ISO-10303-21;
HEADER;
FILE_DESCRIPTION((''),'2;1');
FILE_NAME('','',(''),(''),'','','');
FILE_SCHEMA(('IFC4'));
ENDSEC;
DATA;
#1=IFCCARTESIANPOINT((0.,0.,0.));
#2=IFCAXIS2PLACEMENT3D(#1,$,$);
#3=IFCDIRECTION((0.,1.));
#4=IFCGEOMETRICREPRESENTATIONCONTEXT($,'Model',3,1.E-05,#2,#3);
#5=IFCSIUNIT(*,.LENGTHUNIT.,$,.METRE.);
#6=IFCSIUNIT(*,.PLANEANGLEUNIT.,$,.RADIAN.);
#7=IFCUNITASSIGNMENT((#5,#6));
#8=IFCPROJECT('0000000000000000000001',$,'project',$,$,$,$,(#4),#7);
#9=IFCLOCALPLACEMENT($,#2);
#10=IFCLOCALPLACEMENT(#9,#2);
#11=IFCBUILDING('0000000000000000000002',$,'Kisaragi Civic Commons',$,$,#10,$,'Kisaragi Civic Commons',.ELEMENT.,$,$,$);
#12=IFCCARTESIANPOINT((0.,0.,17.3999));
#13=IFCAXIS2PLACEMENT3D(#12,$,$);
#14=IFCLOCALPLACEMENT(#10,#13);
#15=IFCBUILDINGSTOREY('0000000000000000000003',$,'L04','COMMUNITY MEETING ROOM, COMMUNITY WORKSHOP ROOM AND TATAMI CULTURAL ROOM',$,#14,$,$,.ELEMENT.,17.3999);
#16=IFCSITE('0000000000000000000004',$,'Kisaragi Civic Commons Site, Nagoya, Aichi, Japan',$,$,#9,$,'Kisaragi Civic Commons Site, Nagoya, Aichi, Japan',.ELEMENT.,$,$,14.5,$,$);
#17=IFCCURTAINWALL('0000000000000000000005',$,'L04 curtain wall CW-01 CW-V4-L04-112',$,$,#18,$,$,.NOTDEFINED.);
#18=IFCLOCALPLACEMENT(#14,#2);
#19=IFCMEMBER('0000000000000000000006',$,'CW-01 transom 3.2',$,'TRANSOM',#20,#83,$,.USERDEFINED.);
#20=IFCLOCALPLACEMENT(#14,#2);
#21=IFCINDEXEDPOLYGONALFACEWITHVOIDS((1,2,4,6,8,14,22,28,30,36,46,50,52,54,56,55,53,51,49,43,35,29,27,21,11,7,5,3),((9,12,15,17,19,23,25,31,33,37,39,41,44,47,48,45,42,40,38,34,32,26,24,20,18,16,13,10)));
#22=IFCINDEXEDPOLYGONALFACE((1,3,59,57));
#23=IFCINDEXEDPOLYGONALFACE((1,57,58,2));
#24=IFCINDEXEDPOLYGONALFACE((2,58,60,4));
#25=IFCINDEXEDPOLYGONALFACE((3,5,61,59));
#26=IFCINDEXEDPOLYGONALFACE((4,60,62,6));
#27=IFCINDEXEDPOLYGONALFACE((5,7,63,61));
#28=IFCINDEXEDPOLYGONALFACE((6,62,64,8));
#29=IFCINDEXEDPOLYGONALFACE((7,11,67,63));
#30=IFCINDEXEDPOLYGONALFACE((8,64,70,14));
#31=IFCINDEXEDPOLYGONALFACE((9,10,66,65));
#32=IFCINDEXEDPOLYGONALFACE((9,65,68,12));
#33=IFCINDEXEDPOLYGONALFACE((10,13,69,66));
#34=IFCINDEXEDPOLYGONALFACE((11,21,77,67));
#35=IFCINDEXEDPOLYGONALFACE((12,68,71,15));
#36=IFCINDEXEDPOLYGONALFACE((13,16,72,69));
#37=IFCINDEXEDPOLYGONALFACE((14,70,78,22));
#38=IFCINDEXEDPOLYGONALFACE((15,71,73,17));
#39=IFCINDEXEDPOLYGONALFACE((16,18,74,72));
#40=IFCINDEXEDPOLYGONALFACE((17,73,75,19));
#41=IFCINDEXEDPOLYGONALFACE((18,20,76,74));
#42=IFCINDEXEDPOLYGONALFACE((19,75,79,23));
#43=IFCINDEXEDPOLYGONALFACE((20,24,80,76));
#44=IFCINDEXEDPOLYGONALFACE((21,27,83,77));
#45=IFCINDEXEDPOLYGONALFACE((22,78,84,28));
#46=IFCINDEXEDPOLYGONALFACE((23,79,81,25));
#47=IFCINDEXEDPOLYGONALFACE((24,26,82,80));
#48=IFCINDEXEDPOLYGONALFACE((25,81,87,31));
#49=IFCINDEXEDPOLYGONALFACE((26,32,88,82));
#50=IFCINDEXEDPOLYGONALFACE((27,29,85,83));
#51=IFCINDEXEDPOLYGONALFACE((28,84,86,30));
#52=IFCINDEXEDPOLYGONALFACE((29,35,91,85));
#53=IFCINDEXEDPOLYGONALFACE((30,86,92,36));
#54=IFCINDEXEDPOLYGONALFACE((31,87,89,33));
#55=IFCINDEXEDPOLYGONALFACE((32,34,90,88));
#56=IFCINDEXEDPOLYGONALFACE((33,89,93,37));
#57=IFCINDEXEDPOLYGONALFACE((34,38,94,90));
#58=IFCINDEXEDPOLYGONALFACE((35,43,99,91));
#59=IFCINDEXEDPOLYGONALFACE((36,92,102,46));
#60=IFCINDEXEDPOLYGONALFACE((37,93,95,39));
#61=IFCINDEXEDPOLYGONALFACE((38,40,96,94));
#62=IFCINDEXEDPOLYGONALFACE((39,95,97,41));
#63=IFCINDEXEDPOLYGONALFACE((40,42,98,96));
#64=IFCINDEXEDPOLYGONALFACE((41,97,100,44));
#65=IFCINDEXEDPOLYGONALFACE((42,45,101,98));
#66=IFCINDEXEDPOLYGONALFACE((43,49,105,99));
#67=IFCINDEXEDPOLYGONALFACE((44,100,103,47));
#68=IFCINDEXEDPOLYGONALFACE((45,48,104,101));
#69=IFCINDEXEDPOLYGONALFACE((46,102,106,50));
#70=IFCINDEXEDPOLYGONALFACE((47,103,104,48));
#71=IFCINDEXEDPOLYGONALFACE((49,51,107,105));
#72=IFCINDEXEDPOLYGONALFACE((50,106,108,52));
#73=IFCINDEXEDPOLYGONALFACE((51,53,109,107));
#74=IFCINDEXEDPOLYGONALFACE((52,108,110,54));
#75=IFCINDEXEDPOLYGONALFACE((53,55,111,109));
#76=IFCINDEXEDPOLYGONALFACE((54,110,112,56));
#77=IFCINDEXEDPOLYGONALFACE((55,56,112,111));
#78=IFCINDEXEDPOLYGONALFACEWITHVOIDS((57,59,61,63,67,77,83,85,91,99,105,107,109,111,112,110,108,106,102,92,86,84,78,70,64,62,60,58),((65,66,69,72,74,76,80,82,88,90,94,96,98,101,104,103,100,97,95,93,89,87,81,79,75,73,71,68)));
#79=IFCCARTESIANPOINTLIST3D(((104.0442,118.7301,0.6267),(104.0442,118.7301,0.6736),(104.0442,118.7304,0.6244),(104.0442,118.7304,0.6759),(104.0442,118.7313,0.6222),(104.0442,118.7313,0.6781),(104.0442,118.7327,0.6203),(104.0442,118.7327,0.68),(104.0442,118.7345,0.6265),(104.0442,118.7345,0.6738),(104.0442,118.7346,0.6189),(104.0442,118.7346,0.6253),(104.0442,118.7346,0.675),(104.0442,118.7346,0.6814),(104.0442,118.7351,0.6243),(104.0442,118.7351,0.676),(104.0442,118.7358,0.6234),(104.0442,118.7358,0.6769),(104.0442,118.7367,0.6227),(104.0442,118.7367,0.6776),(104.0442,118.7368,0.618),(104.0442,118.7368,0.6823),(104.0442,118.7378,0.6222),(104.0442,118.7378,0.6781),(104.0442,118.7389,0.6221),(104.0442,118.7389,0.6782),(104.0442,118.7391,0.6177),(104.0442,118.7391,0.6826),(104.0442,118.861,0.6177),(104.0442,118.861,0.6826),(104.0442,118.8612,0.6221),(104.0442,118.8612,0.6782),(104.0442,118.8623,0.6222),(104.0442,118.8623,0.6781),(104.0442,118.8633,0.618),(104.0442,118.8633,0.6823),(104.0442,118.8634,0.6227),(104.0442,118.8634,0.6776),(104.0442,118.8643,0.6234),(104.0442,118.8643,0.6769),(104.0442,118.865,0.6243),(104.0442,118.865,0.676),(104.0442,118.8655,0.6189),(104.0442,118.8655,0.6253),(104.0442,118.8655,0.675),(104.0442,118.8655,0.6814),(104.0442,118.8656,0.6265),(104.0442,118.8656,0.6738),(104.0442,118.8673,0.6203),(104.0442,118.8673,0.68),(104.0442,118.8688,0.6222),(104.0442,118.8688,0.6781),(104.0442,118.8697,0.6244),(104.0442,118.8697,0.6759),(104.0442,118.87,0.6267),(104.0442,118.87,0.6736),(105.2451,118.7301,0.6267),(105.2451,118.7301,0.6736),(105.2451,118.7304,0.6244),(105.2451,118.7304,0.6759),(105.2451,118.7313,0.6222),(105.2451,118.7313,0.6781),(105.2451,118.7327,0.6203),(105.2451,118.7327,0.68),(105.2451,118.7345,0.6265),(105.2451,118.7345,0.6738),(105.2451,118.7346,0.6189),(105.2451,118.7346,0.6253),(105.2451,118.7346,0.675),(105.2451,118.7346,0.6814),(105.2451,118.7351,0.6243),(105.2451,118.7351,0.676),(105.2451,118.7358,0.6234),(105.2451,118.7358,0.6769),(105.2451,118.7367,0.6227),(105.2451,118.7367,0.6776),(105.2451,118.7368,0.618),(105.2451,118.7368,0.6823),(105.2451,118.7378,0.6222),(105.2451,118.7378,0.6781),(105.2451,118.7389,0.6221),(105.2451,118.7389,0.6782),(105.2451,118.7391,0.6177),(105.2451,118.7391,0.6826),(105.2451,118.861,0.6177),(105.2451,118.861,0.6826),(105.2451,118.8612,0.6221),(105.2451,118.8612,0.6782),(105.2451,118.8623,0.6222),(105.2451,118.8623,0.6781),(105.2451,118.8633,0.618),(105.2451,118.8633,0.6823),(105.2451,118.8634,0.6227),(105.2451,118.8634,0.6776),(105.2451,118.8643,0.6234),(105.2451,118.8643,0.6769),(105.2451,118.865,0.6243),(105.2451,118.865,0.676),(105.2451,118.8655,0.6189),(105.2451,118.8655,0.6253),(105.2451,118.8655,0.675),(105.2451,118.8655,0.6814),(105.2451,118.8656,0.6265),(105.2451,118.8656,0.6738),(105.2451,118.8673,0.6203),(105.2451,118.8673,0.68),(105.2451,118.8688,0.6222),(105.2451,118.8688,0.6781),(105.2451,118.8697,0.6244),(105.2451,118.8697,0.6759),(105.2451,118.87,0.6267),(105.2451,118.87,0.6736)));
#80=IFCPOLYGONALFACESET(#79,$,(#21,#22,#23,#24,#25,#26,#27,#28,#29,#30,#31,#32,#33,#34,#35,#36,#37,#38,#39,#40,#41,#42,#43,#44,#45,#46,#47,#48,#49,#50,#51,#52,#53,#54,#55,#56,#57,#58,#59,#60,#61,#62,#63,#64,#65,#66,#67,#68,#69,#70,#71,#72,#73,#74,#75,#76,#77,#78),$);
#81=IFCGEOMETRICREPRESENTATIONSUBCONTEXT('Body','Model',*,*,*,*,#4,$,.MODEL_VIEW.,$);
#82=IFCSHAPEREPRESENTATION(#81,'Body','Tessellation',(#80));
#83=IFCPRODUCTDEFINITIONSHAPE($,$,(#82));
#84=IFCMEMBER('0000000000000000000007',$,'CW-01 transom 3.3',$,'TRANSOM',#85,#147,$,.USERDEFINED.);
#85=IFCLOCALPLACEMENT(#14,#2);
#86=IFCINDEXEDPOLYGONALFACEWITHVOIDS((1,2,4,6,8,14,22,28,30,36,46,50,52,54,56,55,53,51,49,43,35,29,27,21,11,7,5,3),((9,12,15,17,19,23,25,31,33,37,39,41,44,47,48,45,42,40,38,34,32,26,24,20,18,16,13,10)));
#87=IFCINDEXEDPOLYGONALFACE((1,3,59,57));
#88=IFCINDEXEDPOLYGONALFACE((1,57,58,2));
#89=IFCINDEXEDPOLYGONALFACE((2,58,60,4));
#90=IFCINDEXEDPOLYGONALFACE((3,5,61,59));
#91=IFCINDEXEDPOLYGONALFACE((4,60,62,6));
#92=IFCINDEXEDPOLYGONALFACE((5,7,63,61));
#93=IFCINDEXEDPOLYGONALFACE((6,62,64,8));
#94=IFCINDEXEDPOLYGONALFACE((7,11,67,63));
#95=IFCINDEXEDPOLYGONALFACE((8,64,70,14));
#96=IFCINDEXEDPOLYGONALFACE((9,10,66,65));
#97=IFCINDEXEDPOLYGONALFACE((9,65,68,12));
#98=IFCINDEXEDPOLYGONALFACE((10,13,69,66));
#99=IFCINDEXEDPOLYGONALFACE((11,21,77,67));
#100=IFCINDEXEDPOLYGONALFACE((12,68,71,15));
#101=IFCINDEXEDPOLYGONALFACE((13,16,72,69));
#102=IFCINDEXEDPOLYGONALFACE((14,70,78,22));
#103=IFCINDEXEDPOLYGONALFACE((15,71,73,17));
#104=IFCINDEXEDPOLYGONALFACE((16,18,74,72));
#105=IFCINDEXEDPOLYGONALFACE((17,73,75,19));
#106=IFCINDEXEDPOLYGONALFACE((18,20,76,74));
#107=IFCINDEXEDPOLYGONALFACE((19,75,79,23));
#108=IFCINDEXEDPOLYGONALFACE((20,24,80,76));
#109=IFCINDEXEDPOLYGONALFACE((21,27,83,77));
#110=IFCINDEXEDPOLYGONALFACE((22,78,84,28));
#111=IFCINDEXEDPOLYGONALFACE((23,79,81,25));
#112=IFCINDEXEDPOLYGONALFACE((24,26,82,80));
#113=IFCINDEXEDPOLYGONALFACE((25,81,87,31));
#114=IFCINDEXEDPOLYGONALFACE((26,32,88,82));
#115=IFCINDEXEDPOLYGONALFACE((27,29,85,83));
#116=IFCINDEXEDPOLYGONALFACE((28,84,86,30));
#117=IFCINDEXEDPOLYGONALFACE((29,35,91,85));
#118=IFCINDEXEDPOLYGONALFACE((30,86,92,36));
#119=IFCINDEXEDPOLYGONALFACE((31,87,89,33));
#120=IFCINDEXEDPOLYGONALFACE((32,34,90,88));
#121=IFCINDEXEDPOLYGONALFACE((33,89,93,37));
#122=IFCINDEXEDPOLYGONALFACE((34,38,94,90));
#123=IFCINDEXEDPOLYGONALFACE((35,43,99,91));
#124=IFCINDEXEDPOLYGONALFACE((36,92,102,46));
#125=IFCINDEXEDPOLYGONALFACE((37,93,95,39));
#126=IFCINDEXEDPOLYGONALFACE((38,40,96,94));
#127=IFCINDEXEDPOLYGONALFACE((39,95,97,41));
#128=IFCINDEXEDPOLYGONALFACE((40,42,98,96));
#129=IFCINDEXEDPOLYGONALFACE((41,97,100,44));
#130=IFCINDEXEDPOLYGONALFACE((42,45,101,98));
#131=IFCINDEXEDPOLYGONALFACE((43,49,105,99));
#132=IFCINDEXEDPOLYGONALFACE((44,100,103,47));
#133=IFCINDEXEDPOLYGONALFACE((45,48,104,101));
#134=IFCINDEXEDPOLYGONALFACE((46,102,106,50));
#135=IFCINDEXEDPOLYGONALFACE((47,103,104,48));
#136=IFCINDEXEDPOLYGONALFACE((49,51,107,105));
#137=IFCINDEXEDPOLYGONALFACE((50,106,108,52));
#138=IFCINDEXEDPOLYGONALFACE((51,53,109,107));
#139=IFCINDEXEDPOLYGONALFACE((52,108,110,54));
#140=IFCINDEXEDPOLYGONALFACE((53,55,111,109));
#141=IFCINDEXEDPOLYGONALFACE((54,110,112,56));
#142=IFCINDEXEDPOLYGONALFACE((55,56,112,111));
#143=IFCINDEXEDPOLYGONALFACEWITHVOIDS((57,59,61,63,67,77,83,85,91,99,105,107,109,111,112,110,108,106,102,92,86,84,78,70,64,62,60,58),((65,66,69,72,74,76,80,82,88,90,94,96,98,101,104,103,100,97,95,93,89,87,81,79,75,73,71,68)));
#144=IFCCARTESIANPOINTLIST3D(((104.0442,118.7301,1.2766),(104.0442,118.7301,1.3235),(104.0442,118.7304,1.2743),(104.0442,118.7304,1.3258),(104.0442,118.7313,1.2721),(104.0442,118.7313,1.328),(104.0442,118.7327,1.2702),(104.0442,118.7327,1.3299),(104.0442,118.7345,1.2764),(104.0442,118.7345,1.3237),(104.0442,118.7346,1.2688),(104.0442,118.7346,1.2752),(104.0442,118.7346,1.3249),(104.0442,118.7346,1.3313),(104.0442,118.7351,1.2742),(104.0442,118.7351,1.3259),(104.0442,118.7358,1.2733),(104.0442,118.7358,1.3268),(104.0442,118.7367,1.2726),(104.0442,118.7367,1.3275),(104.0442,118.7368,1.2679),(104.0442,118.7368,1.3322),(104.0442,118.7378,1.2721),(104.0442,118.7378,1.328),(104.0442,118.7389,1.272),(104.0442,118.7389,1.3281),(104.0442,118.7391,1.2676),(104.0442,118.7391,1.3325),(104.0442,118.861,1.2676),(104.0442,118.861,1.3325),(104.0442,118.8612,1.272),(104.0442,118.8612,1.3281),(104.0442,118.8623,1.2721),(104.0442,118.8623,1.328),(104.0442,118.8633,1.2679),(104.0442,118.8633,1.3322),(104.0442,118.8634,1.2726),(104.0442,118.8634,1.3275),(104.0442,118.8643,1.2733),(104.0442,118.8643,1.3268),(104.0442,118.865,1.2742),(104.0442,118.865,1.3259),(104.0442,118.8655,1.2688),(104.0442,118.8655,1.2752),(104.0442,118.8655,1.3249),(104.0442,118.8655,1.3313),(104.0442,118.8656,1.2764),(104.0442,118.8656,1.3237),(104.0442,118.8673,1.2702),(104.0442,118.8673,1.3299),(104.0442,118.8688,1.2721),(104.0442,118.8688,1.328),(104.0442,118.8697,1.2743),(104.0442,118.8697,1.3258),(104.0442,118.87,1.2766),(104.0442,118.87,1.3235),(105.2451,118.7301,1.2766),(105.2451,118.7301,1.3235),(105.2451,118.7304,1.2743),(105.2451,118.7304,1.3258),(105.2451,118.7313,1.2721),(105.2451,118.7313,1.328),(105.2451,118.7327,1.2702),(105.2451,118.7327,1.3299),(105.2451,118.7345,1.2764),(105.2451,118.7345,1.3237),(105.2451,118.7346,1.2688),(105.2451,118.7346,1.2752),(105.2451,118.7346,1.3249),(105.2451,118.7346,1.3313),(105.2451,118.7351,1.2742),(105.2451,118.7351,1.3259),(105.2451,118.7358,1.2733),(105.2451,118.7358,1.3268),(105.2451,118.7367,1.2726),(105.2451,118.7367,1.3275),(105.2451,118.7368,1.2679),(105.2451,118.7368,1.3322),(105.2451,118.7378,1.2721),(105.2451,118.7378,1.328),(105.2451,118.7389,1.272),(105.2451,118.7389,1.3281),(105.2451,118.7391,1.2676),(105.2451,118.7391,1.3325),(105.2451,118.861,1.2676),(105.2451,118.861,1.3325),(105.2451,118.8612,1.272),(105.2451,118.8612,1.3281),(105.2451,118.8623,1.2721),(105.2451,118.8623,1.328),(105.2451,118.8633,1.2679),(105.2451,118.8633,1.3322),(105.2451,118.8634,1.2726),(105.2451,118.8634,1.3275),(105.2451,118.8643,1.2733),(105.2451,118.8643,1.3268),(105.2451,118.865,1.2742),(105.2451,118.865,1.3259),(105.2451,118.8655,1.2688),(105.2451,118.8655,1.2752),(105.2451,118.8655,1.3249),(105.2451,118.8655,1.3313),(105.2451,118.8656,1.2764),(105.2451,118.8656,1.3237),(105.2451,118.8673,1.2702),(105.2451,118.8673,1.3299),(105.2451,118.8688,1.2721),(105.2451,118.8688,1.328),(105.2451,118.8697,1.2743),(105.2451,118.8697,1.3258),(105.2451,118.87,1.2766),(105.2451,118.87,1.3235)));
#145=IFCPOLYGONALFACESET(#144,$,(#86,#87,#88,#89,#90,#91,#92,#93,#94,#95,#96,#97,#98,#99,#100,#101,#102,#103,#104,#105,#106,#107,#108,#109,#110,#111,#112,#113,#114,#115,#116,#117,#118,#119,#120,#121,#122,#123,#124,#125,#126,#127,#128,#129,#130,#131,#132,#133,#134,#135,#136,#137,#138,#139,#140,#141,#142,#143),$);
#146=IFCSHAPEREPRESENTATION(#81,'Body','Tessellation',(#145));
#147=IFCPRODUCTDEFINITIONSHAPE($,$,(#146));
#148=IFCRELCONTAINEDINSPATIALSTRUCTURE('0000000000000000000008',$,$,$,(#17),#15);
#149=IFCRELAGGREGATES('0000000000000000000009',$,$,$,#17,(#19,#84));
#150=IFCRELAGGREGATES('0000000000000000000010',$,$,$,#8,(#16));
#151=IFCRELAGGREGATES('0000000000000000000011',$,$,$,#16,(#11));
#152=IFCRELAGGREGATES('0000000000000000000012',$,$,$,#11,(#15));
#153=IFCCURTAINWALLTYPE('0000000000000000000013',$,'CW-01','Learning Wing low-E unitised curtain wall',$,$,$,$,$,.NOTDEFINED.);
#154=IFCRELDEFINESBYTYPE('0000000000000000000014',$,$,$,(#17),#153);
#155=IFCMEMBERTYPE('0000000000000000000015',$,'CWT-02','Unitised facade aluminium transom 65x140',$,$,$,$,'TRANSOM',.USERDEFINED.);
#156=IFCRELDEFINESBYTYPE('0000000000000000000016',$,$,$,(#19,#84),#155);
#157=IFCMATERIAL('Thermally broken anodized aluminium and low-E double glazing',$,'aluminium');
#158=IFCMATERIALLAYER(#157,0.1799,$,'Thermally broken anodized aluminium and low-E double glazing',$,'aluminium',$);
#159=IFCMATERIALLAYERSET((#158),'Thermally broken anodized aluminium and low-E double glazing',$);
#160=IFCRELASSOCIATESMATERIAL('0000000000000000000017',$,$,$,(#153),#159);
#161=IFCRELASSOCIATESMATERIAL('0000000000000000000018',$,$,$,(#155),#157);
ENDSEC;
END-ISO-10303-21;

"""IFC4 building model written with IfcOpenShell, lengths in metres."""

from ifc_helpers import new_model, si_unit, direction, frame, origin, origin_2d, place, context, subcontext, project, spatial, hollow_rectangle, extrude, material, layer, layer_set, material_profile, profile_set, type_object, element, aggregate, save


model = new_model("IFC4")

# Units and contexts
model_context = context("Model", 3, precision=1e-05, world=origin(), true_north=direction((0.0, 1.0)))
body_context = subcontext(model_context, "Body", "Model", "MODEL_VIEW")
ifc_project = project(units=[si_unit("LENGTHUNIT", "METRE"), si_unit("PLANEANGLEUNIT", "RADIAN")], contexts=[model_context])

# Site, building, storey
site_placement = place(None, origin())
site = spatial("IfcSite", under=ifc_project, at=site_placement, Name="Kisaragi Civic Commons Site, Nagoya, Aichi, Japan", LongName="Kisaragi Civic Commons Site, Nagoya, Aichi, Japan", CompositionType="ELEMENT", RefElevation=14.5)
building_placement = place(site_placement, origin())
building = spatial("IfcBuilding", under=site, at=building_placement, Name="Kisaragi Civic Commons", LongName="Kisaragi Civic Commons", CompositionType="ELEMENT")
storey_placement = place(building_placement, frame((0.0, 0.0, 17.3999)))
storey = spatial("IfcBuildingStorey", under=building, at=storey_placement, Name="L04", Description="COMMUNITY MEETING ROOM, COMMUNITY WORKSHOP ROOM AND TATAMI CULTURAL ROOM", CompositionType="ELEMENT", Elevation=17.3999)

# Curtain wall
ifc_material_1 = material(Name="Thermally broken anodized aluminium and low-E double glazing", Category="aluminium")
ifc_layer_1 = layer(ifc_material_1, 0.1799, Name="Thermally broken anodized aluminium and low-E double glazing", Category="aluminium")
ifc_layer_set_1 = layer_set([ifc_layer_1], Name="Thermally broken anodized aluminium and low-E double glazing")
curtain_wall_type = type_object("IfcCurtainWallType", Name="CW-01", Description="Learning Wing low-E unitised curtain wall", PredefinedType="NOTDEFINED", material=ifc_layer_set_1)
curtain_wall_1_placement = place(storey_placement, origin())
curtain_wall_1 = element("IfcCurtainWall", 1, at=curtain_wall_1_placement, inside=storey, type_object=curtain_wall_type, Name="L04 curtain wall CW-01 CW-V4-L04-112", PredefinedType="NOTDEFINED")

# Members
ifc_material_profile_1 = material_profile(ifc_material_1, hollow_rectangle(XDim=0.1399, YDim=0.0649, WallThickness=0.0044, InnerFilletRadius=0.0044, OuterFilletRadius=0.009, at=origin_2d()), Name="CWT-65x140x4.5", Category="aluminium")
ifc_profile_set_1 = profile_set([ifc_material_profile_1], Name="Thermally broken anodized aluminium and low-E double glazing")
member_type_1 = type_object("IfcMemberType", Name="CWT-02", Description="Unitised facade aluminium transom 65x140", ElementType="TRANSOM", PredefinedType="USERDEFINED", material=ifc_profile_set_1)
member_1_placement = place(storey_placement, frame((104.0442, 118.8, 0.6501), z_axis=(1.0, 0.0, 0.0), x_axis=(0.0, 1.0, 0.0)))
member_1 = element("IfcMember", 2, at=member_1_placement, type_object=member_type_1, Name="CW-01 transom 3.2", ObjectType="TRANSOM", PredefinedType="USERDEFINED", context=body_context, shape_type="SweptSolid", body=[
    extrude(hollow_rectangle(XDim=0.1399, YDim=0.0649, WallThickness=0.0044, InnerFilletRadius=0.0044, OuterFilletRadius=0.009, at=origin_2d()), origin(), (0.0, 0.0, 1.0), 1.2009),
])
member_2_placement = place(storey_placement, frame((104.0442, 118.8, 1.3), z_axis=(1.0, 0.0, 0.0), x_axis=(0.0, 1.0, 0.0)))
member_2 = element("IfcMember", 3, at=member_2_placement, type_object=member_type_1, Name="CW-01 transom 3.3", ObjectType="TRANSOM", PredefinedType="USERDEFINED", context=body_context, shape_type="SweptSolid", body=[
    extrude(hollow_rectangle(XDim=0.1399, YDim=0.0649, WallThickness=0.0044, InnerFilletRadius=0.0044, OuterFilletRadius=0.009, at=origin_2d()), origin(), (0.0, 0.0, 1.0), 1.2009),
])

aggregate(curtain_wall_1, [member_1, member_2])

save(model, "model.ifc")
